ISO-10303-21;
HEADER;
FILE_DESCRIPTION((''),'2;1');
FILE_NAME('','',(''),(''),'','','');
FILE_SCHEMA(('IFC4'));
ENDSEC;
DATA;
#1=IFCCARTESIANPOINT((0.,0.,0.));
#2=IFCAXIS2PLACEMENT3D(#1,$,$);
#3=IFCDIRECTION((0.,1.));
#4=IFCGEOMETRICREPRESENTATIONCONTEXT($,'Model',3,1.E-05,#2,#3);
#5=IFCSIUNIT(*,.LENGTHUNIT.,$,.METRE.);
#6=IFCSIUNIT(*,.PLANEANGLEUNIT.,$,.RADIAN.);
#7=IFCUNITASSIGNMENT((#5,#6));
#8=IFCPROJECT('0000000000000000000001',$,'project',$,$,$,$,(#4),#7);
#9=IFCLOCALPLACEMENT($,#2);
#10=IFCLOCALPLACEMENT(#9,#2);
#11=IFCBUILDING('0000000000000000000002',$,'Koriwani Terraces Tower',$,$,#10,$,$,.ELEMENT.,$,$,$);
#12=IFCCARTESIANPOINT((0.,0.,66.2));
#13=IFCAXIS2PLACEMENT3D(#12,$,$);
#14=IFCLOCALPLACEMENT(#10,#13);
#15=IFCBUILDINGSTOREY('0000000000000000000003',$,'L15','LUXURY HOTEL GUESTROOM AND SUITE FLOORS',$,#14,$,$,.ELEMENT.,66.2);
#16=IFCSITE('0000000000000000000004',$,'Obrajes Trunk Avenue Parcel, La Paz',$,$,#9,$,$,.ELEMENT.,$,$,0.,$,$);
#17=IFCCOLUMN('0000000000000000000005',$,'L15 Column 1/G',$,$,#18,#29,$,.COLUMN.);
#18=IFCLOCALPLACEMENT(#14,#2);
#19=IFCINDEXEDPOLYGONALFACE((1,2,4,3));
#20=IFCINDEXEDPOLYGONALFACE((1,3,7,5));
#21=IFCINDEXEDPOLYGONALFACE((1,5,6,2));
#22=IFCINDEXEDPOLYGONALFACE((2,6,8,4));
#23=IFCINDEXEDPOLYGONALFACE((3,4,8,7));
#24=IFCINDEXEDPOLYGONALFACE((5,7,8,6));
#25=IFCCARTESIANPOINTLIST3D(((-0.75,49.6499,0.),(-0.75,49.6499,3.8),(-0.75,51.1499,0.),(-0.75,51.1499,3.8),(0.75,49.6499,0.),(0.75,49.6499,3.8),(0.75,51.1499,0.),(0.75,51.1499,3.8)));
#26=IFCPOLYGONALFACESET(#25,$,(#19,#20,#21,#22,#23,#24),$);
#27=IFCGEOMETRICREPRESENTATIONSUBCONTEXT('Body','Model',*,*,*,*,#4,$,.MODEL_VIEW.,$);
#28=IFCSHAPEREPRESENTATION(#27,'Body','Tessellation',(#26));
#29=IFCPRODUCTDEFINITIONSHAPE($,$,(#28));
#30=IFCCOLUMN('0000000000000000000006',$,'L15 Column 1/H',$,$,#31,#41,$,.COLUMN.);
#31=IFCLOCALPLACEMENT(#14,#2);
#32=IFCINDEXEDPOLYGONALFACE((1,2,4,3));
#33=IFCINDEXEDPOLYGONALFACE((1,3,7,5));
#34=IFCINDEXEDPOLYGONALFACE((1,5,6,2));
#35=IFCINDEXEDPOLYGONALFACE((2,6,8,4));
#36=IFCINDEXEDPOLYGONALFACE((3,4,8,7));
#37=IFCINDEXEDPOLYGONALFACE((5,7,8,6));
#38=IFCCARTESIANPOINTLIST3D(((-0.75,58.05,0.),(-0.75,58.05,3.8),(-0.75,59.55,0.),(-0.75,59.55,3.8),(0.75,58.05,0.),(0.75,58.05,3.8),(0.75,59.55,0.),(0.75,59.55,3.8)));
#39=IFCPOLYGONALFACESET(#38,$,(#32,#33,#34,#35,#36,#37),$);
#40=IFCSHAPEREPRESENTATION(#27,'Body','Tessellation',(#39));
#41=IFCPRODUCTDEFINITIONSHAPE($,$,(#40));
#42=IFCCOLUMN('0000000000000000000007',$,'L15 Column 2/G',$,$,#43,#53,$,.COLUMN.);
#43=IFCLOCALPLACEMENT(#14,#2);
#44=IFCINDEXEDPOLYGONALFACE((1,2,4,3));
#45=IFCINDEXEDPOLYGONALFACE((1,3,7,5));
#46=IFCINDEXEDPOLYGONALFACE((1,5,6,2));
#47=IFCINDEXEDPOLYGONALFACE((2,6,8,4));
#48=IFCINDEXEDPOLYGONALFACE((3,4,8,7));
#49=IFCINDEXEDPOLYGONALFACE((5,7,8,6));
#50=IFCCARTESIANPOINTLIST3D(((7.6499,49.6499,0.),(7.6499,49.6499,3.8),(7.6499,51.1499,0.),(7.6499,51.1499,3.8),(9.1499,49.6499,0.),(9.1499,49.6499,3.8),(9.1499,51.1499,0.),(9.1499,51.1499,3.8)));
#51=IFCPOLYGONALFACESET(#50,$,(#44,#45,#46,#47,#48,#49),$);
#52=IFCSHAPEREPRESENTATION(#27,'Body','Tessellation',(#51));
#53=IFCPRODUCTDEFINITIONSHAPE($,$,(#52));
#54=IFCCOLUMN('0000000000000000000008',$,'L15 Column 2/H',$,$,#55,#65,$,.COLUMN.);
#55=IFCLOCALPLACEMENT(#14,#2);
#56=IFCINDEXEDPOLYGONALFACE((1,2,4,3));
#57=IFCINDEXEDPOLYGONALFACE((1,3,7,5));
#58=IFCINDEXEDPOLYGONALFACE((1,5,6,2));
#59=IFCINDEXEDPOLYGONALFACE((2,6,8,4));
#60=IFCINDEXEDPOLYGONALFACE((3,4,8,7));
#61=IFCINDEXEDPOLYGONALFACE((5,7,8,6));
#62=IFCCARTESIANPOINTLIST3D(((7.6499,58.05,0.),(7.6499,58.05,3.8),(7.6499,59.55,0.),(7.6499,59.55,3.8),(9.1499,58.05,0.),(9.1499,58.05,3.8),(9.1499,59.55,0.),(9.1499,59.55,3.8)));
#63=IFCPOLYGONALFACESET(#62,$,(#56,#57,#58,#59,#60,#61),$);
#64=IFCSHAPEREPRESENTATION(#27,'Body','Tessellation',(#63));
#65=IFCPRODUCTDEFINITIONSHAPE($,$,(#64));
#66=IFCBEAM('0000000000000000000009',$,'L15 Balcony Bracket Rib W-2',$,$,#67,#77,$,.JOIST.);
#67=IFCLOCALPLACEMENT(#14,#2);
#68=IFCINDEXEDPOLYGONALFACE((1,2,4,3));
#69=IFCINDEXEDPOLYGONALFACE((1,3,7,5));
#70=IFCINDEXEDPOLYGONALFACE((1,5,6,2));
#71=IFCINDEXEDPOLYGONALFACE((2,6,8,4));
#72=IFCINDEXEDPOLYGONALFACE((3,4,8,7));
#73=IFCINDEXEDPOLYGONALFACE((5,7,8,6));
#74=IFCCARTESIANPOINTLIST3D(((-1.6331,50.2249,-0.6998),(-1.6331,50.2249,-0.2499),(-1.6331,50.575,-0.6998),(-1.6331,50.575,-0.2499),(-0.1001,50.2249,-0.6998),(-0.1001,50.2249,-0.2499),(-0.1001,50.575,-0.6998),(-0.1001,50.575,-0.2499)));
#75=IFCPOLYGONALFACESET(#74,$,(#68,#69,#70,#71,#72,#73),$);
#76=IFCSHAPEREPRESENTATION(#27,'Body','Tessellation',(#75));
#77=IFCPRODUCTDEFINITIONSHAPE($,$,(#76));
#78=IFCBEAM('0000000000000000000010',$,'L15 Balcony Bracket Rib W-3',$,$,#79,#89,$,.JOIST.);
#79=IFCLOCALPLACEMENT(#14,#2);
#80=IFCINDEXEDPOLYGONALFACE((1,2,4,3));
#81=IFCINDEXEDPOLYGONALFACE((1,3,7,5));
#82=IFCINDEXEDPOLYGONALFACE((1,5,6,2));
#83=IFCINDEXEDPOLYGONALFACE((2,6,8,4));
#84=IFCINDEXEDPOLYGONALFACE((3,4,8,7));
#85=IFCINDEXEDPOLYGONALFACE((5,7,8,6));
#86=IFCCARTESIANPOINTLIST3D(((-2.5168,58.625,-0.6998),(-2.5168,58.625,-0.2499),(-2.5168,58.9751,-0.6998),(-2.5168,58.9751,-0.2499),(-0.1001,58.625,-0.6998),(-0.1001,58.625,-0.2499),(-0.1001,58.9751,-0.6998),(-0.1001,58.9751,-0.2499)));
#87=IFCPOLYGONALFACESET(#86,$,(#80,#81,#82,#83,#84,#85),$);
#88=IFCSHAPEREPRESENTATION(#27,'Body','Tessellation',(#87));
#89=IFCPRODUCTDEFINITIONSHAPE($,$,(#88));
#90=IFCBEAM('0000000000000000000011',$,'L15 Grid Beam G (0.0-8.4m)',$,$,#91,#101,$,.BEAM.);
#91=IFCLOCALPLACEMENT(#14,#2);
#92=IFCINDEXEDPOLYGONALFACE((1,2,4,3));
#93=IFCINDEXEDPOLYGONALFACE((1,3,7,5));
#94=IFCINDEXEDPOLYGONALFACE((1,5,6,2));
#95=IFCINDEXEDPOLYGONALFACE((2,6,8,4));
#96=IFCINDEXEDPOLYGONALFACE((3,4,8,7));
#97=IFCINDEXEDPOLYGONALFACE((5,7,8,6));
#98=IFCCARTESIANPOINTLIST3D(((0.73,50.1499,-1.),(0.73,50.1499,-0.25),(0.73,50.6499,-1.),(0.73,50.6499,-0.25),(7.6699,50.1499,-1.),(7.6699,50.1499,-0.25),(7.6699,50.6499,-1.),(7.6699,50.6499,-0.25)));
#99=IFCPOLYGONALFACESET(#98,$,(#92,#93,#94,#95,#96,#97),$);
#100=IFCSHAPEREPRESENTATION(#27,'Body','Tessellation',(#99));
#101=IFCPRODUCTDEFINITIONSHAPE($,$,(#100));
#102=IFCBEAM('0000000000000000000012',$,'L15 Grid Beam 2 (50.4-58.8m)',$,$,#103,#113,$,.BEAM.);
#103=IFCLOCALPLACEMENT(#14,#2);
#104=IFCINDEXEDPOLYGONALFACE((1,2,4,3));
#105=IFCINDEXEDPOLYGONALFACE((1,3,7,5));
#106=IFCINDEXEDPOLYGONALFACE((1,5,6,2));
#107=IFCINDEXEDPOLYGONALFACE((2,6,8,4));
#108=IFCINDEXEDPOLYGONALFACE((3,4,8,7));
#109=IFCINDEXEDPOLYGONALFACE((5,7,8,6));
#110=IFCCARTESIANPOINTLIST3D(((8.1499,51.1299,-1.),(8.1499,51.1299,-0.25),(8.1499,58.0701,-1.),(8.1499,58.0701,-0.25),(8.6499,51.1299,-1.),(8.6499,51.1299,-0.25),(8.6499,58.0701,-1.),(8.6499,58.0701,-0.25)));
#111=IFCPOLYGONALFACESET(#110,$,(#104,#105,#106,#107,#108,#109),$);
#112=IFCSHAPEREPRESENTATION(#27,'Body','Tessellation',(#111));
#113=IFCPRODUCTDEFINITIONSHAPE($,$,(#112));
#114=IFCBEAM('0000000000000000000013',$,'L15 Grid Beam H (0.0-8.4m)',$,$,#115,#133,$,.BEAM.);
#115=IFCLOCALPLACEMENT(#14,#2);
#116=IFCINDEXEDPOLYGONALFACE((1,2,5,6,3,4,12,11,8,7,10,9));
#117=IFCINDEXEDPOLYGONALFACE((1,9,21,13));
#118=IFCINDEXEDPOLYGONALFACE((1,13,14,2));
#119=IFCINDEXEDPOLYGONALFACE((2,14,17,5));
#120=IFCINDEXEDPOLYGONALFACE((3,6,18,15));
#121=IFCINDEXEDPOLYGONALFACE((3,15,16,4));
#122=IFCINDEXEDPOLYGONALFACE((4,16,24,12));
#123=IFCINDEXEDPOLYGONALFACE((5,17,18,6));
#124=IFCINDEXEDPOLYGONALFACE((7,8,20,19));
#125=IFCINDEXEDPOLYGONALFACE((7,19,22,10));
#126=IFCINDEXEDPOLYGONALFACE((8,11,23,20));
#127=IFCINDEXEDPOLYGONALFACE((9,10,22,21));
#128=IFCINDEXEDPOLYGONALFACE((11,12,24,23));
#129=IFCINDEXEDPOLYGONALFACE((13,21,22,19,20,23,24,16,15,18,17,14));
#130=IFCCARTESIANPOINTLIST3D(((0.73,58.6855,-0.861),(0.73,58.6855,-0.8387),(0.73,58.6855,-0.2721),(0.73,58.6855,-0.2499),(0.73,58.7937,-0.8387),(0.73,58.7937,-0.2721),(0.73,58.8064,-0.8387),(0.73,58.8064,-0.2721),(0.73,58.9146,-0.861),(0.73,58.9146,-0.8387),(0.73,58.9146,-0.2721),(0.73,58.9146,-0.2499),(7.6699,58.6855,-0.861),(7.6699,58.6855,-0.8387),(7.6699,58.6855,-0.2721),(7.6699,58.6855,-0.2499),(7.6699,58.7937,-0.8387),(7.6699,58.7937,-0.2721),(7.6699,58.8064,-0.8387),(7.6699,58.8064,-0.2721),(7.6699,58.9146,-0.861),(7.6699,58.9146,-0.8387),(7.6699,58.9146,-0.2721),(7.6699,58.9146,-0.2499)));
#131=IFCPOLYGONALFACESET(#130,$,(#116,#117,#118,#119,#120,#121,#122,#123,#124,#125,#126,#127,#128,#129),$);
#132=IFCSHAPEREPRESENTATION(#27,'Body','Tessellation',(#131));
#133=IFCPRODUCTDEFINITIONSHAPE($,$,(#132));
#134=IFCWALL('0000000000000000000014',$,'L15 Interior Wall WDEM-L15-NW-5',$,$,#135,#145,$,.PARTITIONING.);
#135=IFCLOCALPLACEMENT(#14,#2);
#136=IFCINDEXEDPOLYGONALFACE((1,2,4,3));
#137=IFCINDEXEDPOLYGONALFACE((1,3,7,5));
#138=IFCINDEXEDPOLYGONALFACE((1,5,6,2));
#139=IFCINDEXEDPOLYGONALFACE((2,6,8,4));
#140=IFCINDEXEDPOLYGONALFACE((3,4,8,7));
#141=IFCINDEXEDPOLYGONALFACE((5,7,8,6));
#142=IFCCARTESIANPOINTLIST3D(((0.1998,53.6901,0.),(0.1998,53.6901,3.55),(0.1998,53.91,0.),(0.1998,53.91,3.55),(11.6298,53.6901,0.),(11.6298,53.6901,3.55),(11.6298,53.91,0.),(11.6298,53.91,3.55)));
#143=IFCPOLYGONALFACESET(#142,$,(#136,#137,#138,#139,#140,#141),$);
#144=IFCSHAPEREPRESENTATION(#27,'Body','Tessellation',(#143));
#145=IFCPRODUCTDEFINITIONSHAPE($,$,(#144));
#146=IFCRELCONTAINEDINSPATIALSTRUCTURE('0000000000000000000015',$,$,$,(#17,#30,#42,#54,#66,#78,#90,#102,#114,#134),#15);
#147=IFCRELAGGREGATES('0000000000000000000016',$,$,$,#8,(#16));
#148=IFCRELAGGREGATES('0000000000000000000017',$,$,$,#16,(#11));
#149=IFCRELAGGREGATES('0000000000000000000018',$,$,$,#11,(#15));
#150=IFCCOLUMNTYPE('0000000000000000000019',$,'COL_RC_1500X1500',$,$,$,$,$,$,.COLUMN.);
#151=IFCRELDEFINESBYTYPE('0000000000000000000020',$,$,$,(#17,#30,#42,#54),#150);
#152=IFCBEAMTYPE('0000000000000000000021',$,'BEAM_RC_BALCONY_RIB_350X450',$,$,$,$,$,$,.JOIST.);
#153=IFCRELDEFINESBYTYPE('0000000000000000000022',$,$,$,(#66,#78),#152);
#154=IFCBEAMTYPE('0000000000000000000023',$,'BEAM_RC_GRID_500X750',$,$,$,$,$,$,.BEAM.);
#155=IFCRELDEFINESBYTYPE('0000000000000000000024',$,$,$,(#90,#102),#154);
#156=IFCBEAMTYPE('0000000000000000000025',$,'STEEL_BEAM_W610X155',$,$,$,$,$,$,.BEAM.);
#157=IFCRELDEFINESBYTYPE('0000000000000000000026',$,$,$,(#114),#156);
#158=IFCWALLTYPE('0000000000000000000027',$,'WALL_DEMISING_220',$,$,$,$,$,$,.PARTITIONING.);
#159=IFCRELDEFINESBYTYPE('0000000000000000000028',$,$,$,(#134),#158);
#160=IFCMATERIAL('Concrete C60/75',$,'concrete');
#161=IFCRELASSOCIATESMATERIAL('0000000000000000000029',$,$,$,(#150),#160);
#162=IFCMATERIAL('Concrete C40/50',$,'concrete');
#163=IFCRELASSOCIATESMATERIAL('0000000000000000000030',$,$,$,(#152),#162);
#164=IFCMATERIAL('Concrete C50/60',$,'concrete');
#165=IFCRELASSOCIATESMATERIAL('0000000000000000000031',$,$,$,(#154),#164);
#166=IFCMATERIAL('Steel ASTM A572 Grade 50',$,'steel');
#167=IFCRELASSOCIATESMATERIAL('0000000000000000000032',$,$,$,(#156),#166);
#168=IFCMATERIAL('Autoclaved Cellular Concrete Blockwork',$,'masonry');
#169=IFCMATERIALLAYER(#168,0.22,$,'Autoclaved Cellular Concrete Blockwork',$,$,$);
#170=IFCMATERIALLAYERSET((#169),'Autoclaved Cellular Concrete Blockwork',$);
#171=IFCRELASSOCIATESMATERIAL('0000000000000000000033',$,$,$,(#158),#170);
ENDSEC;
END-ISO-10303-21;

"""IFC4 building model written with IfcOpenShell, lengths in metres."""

from ifc_helpers import new_model, si_unit, direction, frame, frame_2d, origin, origin_2d, place, context, subcontext, project, spatial, rectangle, i_section, extrude, material, layer, layer_set, material_profile, profile_set, type_object, element, save


model = new_model("IFC4")

# Units and contexts
model_context = context("Model", 3, precision=1e-05, world=origin(), true_north=direction((0.0, 1.0)))
body_context = subcontext(model_context, "Body", "Model", "MODEL_VIEW")
ifc_project = project(units=[si_unit("LENGTHUNIT", "METRE"), si_unit("PLANEANGLEUNIT", "RADIAN")], contexts=[model_context])

# Site, building, storey
site_placement = place(None, origin())
site = spatial("IfcSite", under=ifc_project, at=site_placement, Name="Obrajes Trunk Avenue Parcel, La Paz", CompositionType="ELEMENT", RefElevation=0.0)
building_placement = place(site_placement, origin())
building = spatial("IfcBuilding", under=site, at=building_placement, Name="Koriwani Terraces Tower", CompositionType="ELEMENT")
storey_placement = place(building_placement, frame((0.0, 0.0, 66.2)))
storey = spatial("IfcBuildingStorey", under=building, at=storey_placement, Name="L15", Description="LUXURY HOTEL GUESTROOM AND SUITE FLOORS", CompositionType="ELEMENT", Elevation=66.2)

# Columns
ifc_material_1 = material(Name="Concrete C60/75", Category="concrete")
ifc_material_profile_1 = material_profile(ifc_material_1, rectangle(XDim=1.5, YDim=1.5, at=origin_2d()), Name="Concrete C60/75", Category="LoadBearing")
ifc_profile_set_1 = profile_set([ifc_material_profile_1], Name="Concrete C60/75")
column_type = type_object("IfcColumnType", Name="COL_RC_1500X1500", PredefinedType="COLUMN", material=ifc_profile_set_1)
for number, where, z_axis, x_axis, name in (
    (1, (0.0, 50.3999, 0.0), (0.0, 0.0, 1.0), (1.0, 0.0, 0.0), "L15 Column 1/G"),
    (2, (0.0, 58.8, 0.0), (0.0, 0.0, 1.0), (1.0, 0.0, 0.0), "L15 Column 1/H"),
    (3, (8.3999, 50.3999, 0.0), (0.0, 0.0, 1.0), (1.0, 0.0, 0.0), "L15 Column 2/G"),
    (4, (8.3999, 58.8, 0.0), (0.0, 0.0, 1.0), (1.0, 0.0, 0.0), "L15 Column 2/H"),
):
    element("IfcColumn", number, at=place(storey_placement, frame(where, z_axis=z_axis, x_axis=x_axis)), inside=storey, type_object=column_type, Name=name, PredefinedType="COLUMN", context=body_context, shape_type="SweptSolid", body=[
        extrude(rectangle(XDim=1.5, YDim=1.5, at=origin_2d()), origin(), (0.0, 0.0, 1.0), 3.8),
    ])

# Beams
ifc_material_2 = material(Name="Concrete C40/50", Category="concrete")
ifc_material_profile_2 = material_profile(ifc_material_2, rectangle(XDim=0.3501, YDim=0.45, at=origin_2d()), Name="Concrete C40/50", Category="LoadBearing")
ifc_profile_set_2 = profile_set([ifc_material_profile_2], Name="Concrete C40/50")
beam_type_1 = type_object("IfcBeamType", Name="BEAM_RC_BALCONY_RIB_350X450", PredefinedType="JOIST", material=ifc_profile_set_2)
beam_1_placement = place(storey_placement, frame((-1.6331, 50.3999, -0.4749), z_axis=(1.0, 0.0, 0.0), x_axis=(0.0, 1.0, 0.0)))
element("IfcBeam", 5, at=beam_1_placement, inside=storey, type_object=beam_type_1, Name="L15 Balcony Bracket Rib W-2", PredefinedType="JOIST", context=body_context, shape_type="SweptSolid", body=[
    extrude(rectangle(XDim=0.3501, YDim=0.45, at=origin_2d()), origin(), (0.0, 0.0, 1.0), 1.533),
])
beam_2_placement = place(storey_placement, frame((-2.5168, 58.8, -0.4749), z_axis=(1.0, 0.0, 0.0), x_axis=(0.0, 1.0, 0.0)))
element("IfcBeam", 6, at=beam_2_placement, inside=storey, type_object=beam_type_1, Name="L15 Balcony Bracket Rib W-3", PredefinedType="JOIST", context=body_context, shape_type="SweptSolid", body=[
    extrude(rectangle(XDim=0.3501, YDim=0.45, at=origin_2d()), origin(), (0.0, 0.0, 1.0), 2.4167),
])
ifc_material_3 = material(Name="Concrete C50/60", Category="concrete")
ifc_material_profile_3 = material_profile(ifc_material_3, rectangle(XDim=0.5, YDim=0.75, at=origin_2d()), Name="Concrete C50/60", Category="LoadBearing")
ifc_profile_set_3 = profile_set([ifc_material_profile_3], Name="Concrete C50/60")
beam_type_2 = type_object("IfcBeamType", Name="BEAM_RC_GRID_500X750", PredefinedType="BEAM", material=ifc_profile_set_3)
beam_3_placement = place(storey_placement, frame((0.73, 50.3999, -0.625), z_axis=(1.0, 0.0, 0.0), x_axis=(0.0, 1.0, 0.0)))
element("IfcBeam", 7, at=beam_3_placement, inside=storey, type_object=beam_type_2, Name="L15 Grid Beam G (0.0-8.4m)", PredefinedType="BEAM", context=body_context, shape_type="SweptSolid", body=[
    extrude(rectangle(XDim=0.5, YDim=0.75, at=origin_2d()), origin(), (0.0, 0.0, 1.0), 6.9399),
])
beam_4_placement = place(storey_placement, frame((8.3999, 51.1299, -0.625), z_axis=(0.0, 1.0, 0.0), x_axis=(-1.0, 0.0, 0.0)))
element("IfcBeam", 8, at=beam_4_placement, inside=storey, type_object=beam_type_2, Name="L15 Grid Beam 2 (50.4-58.8m)", PredefinedType="BEAM", context=body_context, shape_type="SweptSolid", body=[
    extrude(rectangle(XDim=0.5, YDim=0.75, at=origin_2d()), origin(), (0.0, 0.0, 1.0), 6.9402),
])
ifc_material_4 = material(Name="Steel ASTM A572 Grade 50", Category="steel")
ifc_material_profile_4 = material_profile(ifc_material_4, i_section(OverallWidth=0.229, OverallDepth=0.6111, WebThickness=0.0127, FlangeThickness=0.0222, at=origin_2d()), Name="Steel ASTM A572 Grade 50", Category="LoadBearing")
ifc_profile_set_4 = profile_set([ifc_material_profile_4], Name="Steel ASTM A572 Grade 50")
beam_type_3 = type_object("IfcBeamType", Name="STEEL_BEAM_W610X155", PredefinedType="BEAM", material=ifc_profile_set_4)
beam_5_placement = place(storey_placement, frame((0.73, 58.8, -0.5554), z_axis=(1.0, 0.0, 0.0), x_axis=(0.0, 1.0, 0.0)))
element("IfcBeam", 9, at=beam_5_placement, inside=storey, type_object=beam_type_3, Name="L15 Grid Beam H (0.0-8.4m)", PredefinedType="BEAM", context=body_context, shape_type="SweptSolid", body=[
    extrude(i_section(OverallWidth=0.229, OverallDepth=0.6111, WebThickness=0.0127, FlangeThickness=0.0222, at=origin_2d()), origin(), (0.0, 0.0, 1.0), 6.9399),
])

# Wall
ifc_material_5 = material(Name="Autoclaved Cellular Concrete Blockwork", Category="masonry")
ifc_layer_1 = layer(ifc_material_5, 0.22, Name="Autoclaved Cellular Concrete Blockwork")
ifc_layer_set_1 = layer_set([ifc_layer_1], Name="Autoclaved Cellular Concrete Blockwork")
wall_type_1 = type_object("IfcWallType", Name="WALL_DEMISING_220", PredefinedType="PARTITIONING", material=ifc_layer_set_1)
wall_1_placement = place(storey_placement, frame((0.2, 53.8, 0.0), z_axis=(0.0, 0.0, 1.0), x_axis=(1.0, 0.0, 0.0)))
element("IfcWall", 10, at=wall_1_placement, inside=storey, type_object=wall_type_1, Name="L15 Interior Wall WDEM-L15-NW-5", PredefinedType="PARTITIONING", context=body_context, shape_type="SweptSolid", body=[
    extrude(rectangle(XDim=11.4299, YDim=0.22, at=frame_2d((5.7148, 0.0))), origin(), (0.0, 0.0, 1.0), 3.55),
])

save(model, "model.ifc")
